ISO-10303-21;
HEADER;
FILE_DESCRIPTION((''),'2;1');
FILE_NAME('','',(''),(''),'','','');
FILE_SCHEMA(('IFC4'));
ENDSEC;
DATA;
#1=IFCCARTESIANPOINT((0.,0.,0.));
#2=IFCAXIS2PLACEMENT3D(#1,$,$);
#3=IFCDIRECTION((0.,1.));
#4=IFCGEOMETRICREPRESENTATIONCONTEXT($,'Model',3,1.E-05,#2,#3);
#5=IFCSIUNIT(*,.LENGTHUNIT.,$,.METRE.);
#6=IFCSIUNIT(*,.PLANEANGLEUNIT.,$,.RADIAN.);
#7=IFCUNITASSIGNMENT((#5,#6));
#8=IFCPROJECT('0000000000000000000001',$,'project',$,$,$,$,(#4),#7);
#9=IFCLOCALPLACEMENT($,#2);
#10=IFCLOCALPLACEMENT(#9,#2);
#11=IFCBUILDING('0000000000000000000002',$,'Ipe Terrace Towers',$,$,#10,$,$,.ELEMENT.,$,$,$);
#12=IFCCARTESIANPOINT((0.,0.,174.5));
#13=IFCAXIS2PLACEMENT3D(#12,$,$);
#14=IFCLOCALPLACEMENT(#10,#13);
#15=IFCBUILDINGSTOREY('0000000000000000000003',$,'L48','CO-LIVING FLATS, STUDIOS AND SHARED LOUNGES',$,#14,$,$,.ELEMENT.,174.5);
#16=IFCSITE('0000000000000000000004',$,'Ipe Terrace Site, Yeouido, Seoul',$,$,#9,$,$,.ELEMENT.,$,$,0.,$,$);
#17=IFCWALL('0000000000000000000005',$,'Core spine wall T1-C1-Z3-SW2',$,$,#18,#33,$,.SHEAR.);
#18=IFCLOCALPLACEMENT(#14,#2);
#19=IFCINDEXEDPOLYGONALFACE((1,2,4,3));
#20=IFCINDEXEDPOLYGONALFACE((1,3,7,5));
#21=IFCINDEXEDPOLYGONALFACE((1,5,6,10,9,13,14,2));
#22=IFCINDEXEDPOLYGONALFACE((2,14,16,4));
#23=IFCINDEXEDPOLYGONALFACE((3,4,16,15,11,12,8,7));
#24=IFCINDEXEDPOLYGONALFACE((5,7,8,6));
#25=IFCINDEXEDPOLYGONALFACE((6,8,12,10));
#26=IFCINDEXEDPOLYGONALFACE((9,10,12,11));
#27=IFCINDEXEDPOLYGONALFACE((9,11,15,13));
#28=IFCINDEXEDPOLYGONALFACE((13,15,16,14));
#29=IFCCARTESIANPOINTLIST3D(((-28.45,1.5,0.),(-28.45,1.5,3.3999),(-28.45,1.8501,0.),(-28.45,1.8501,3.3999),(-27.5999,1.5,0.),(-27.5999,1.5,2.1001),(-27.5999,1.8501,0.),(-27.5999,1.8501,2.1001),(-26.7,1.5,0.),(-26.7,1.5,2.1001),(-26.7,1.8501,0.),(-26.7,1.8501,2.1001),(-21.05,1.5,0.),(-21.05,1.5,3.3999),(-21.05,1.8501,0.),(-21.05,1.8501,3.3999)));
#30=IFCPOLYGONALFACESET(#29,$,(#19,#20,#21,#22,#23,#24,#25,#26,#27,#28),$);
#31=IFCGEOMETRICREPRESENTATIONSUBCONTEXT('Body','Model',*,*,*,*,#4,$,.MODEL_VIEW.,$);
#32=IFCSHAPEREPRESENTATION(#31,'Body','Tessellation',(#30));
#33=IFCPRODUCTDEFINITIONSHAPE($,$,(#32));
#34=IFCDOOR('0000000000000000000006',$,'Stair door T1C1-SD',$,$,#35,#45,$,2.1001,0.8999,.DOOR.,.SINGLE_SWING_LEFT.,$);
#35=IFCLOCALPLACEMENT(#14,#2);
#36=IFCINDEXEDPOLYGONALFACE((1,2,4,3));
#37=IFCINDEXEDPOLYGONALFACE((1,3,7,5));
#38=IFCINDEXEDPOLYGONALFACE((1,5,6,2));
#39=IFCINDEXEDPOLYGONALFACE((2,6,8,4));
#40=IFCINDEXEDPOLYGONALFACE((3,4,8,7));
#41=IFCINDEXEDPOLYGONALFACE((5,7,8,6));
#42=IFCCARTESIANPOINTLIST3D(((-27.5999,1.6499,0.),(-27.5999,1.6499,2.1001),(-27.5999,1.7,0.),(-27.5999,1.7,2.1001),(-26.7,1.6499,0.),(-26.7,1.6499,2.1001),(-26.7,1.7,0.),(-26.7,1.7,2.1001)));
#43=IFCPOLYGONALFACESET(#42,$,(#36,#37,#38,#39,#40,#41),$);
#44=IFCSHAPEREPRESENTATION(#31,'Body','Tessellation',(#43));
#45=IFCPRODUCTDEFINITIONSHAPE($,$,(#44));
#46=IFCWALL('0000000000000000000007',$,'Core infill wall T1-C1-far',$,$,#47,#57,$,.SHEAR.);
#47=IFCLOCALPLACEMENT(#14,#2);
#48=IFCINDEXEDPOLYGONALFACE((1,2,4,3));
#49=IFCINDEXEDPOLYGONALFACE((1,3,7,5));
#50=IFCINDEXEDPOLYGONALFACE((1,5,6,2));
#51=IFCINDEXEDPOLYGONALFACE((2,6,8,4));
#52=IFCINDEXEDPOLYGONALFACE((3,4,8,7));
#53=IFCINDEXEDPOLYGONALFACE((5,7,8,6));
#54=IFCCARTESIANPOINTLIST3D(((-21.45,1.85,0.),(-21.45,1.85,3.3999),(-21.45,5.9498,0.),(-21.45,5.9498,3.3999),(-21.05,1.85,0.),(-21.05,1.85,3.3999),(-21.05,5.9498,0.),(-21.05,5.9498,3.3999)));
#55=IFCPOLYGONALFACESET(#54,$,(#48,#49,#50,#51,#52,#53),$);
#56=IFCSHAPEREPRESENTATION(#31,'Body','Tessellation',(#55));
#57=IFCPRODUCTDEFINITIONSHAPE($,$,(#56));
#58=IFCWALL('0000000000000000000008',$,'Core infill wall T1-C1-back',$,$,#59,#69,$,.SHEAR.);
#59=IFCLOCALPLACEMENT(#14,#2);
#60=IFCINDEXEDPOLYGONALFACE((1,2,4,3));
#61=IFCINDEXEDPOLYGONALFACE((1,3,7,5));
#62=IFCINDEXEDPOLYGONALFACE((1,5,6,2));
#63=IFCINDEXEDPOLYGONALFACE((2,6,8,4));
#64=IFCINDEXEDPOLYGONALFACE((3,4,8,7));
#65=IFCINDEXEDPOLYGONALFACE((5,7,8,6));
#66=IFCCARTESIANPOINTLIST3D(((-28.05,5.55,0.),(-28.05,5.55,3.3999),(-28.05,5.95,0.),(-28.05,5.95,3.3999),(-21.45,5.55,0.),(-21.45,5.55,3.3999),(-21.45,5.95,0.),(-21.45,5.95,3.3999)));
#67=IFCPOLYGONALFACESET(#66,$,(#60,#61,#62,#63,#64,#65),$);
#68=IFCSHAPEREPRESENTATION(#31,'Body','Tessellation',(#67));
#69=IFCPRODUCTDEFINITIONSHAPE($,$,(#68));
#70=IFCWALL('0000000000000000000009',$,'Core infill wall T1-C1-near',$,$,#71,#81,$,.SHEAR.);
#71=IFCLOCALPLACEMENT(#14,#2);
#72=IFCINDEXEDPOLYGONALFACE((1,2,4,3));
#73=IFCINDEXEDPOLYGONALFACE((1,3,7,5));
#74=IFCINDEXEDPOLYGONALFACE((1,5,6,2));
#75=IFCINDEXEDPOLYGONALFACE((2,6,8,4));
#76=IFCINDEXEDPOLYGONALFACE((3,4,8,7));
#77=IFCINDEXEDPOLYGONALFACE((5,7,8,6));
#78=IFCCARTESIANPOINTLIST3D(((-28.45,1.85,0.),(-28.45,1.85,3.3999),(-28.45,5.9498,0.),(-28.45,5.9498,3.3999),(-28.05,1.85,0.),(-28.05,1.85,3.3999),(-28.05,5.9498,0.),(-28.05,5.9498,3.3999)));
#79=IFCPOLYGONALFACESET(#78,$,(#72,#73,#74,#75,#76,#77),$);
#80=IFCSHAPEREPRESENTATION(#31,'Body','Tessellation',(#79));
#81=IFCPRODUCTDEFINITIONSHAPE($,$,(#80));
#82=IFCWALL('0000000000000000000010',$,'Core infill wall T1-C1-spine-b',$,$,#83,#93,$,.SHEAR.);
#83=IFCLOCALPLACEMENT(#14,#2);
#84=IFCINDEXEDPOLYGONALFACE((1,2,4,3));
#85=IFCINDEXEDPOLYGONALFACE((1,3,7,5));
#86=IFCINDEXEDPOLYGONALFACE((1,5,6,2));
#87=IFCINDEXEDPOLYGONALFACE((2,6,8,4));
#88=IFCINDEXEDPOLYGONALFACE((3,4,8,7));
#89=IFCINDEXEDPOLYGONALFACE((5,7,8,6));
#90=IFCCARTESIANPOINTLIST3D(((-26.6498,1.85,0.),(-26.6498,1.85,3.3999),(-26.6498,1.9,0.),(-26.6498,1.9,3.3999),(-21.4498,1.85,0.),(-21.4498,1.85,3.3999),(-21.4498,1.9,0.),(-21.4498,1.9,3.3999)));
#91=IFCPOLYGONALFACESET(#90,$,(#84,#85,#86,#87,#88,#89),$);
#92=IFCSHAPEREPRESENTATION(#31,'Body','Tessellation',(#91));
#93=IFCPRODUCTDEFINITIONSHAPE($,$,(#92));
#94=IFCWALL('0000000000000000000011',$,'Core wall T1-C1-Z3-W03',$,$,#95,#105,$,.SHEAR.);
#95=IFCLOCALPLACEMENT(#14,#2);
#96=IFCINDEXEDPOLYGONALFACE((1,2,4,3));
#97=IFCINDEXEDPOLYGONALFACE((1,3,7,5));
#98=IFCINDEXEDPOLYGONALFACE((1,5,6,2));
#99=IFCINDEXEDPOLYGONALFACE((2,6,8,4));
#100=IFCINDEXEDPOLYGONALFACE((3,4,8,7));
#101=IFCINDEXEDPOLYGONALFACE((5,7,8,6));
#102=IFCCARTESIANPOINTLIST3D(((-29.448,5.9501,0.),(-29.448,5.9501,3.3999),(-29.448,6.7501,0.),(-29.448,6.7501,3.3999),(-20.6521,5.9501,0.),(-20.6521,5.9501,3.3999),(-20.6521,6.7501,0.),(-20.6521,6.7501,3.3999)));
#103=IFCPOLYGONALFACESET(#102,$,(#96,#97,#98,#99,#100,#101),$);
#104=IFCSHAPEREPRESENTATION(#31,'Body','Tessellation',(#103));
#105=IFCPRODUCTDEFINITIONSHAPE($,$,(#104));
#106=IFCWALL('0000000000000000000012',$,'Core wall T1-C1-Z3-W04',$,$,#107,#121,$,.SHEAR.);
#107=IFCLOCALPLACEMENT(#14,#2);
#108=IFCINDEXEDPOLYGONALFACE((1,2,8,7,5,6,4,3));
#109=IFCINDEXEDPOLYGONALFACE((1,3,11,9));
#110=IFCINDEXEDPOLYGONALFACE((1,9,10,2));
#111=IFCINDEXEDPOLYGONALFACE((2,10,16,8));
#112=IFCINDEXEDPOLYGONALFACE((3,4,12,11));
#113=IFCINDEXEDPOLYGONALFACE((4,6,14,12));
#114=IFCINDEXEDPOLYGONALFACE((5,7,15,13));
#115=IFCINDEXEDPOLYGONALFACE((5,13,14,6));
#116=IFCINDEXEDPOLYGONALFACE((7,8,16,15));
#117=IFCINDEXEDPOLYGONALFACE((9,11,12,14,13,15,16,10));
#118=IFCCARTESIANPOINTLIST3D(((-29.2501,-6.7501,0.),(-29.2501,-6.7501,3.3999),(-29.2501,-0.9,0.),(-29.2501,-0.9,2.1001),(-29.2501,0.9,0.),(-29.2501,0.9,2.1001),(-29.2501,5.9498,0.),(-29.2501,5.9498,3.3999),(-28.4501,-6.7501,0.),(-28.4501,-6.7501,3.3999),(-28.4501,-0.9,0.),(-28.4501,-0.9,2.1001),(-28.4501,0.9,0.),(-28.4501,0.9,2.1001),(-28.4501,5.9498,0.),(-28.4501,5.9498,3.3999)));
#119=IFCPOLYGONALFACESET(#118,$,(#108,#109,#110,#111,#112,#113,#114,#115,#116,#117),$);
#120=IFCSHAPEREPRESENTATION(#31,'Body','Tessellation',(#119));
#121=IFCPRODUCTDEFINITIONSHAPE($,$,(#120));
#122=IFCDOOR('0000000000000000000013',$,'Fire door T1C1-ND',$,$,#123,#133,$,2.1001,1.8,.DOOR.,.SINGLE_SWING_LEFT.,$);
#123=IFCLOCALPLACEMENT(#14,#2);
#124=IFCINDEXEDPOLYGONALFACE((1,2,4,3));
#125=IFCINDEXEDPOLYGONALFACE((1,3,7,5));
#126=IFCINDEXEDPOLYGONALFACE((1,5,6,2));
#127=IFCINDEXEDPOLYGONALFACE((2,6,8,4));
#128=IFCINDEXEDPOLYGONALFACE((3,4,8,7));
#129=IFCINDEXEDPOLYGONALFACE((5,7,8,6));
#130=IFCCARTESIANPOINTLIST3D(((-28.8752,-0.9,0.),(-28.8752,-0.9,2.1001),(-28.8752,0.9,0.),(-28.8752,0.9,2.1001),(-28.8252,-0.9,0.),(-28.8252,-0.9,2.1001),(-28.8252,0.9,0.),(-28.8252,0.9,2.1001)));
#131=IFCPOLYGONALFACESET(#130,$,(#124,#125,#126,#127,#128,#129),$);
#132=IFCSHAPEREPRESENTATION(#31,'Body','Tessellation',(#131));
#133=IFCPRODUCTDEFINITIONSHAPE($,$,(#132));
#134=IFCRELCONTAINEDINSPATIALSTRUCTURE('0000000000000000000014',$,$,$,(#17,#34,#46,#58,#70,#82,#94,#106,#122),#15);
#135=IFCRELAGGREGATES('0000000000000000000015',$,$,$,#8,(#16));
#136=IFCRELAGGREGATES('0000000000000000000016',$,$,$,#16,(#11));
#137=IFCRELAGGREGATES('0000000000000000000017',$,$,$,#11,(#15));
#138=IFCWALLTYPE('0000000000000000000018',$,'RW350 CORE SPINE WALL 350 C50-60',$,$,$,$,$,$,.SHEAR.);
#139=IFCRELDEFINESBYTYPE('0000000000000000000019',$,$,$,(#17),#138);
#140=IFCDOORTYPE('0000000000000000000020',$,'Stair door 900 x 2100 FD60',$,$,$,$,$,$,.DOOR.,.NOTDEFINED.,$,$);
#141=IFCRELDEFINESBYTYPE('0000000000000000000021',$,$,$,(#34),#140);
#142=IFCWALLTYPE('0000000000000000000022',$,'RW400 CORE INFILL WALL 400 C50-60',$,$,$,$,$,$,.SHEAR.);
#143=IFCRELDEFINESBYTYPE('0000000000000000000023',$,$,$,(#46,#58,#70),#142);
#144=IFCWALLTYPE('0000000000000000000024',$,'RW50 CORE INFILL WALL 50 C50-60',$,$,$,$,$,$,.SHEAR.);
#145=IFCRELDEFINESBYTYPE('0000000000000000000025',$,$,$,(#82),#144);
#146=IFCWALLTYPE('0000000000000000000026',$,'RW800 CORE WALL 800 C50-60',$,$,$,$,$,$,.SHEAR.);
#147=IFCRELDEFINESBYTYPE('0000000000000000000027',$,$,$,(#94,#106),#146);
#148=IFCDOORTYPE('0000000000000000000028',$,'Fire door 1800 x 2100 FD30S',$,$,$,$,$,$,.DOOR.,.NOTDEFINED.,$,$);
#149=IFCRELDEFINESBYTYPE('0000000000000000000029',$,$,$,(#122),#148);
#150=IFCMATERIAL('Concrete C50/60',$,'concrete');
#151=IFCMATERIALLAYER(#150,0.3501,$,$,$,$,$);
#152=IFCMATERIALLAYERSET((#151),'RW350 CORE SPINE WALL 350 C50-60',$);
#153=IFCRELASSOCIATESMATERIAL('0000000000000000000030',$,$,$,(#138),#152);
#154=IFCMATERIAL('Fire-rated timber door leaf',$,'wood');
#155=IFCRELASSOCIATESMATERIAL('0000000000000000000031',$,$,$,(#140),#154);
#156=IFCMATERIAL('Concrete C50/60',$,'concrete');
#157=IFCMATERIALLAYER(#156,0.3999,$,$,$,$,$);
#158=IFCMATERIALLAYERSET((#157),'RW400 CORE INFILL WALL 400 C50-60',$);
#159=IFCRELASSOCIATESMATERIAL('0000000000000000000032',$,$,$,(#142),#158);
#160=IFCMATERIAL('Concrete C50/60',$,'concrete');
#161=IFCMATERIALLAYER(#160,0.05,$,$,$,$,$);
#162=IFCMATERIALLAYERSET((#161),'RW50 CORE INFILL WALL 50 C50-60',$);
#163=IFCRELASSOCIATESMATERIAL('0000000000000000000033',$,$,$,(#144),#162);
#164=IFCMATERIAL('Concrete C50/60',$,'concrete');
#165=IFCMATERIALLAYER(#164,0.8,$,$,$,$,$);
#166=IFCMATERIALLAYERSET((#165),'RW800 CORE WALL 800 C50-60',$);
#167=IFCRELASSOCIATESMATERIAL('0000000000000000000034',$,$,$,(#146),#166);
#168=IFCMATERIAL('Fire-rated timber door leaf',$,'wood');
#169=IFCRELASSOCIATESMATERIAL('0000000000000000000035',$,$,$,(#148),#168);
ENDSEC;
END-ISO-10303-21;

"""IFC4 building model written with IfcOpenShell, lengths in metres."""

from ifc_helpers import new_model, si_unit, direction, frame, frame_2d, origin, place, context, subcontext, project, spatial, rectangle, extrude, material, layer, layer_set, type_object, element, fill, save


model = new_model("IFC4")

# Units and contexts
model_context = context("Model", 3, precision=1e-05, world=origin(), true_north=direction((0.0, 1.0)))
body_context = subcontext(model_context, "Body", "Model", "MODEL_VIEW")
ifc_project = project(units=[si_unit("LENGTHUNIT", "METRE"), si_unit("PLANEANGLEUNIT", "RADIAN")], contexts=[model_context])

# Site, building, storey
site_placement = place(None, origin())
site = spatial("IfcSite", under=ifc_project, at=site_placement, Name="Ipe Terrace Site, Yeouido, Seoul", CompositionType="ELEMENT", RefElevation=0.0)
building_placement = place(site_placement, origin())
building = spatial("IfcBuilding", under=site, at=building_placement, Name="Ipe Terrace Towers", CompositionType="ELEMENT")
storey_placement = place(building_placement, frame((0.0, 0.0, 174.5)))
storey = spatial("IfcBuildingStorey", under=building, at=storey_placement, Name="L48", Description="CO-LIVING FLATS, STUDIOS AND SHARED LOUNGES", CompositionType="ELEMENT", Elevation=174.5)

# Wall, opening, door
ifc_material_1 = material(Name="Concrete C50/60", Category="concrete")
ifc_layer_1 = layer(ifc_material_1, 0.3501)
ifc_layer_set_1 = layer_set([ifc_layer_1], Name="RW350 CORE SPINE WALL 350 C50-60")
wall_type_1 = type_object("IfcWallType", Name="RW350 CORE SPINE WALL 350 C50-60", PredefinedType="SHEAR", material=ifc_layer_set_1)
wall_1_placement = place(storey_placement, frame((-28.45, 1.675, 0.0), z_axis=(0.0, 0.0, 1.0), x_axis=(1.0, 0.0, 0.0)))
wall_1 = element("IfcWall", 1, at=wall_1_placement, inside=storey, type_object=wall_type_1, Name="Core spine wall T1-C1-Z3-SW2", PredefinedType="SHEAR", context=body_context, shape_type="SweptSolid", body=[
    extrude(rectangle(XDim=7.3999, YDim=0.3501, at=frame_2d((3.7, 0.0))), origin(), (0.0, 0.0, 1.0), 3.3999),
])
opening_1_placement = place(wall_1_placement, frame((0.8501, 0.0, 0.0)))
opening_1 = element("IfcOpeningElement", 2, at=opening_1_placement, cuts=wall_1, PredefinedType="OPENING", context=body_context, shape_type="SweptSolid", body=[
    extrude(rectangle(XDim=0.8999, YDim=2.1001, at=frame_2d((0.45, 1.05))), frame((0.0, 0.1851, 0.0), z_axis=(0.0, -1.0, 0.0), x_axis=(1.0, 0.0, 0.0)), (0.0, 0.0, 1.0), 0.3701),
])
ifc_material_2 = material(Name="Fire-rated timber door leaf", Category="wood")
door_type_1 = type_object("IfcDoorType", Name="Stair door 900 x 2100 FD60", OperationType="NOTDEFINED", PredefinedType="DOOR", material=ifc_material_2)
door_1_placement = place(opening_1_placement, origin())
door_1 = element("IfcDoor", 3, at=door_1_placement, inside=storey, type_object=door_type_1, Name="Stair door T1C1-SD", OperationType="SINGLE_SWING_LEFT", OverallHeight=2.1001, OverallWidth=0.8999, PredefinedType="DOOR", context=body_context, shape_type="SweptSolid", body=[
    extrude(rectangle(XDim=0.8999, YDim=2.1001, at=frame_2d((0.45, 1.05))), frame((0.0, 0.0249, 0.0), z_axis=(0.0, -1.0, 0.0), x_axis=(1.0, 0.0, 0.0)), (0.0, 0.0, 1.0), 0.05),
])
fill(opening_1, door_1)

# Walls
ifc_material_3 = material(Name="Concrete C50/60", Category="concrete")
ifc_layer_2 = layer(ifc_material_3, 0.3999)
ifc_layer_set_2 = layer_set([ifc_layer_2], Name="RW400 CORE INFILL WALL 400 C50-60")
wall_type_2 = type_object("IfcWallType", Name="RW400 CORE INFILL WALL 400 C50-60", PredefinedType="SHEAR", material=ifc_layer_set_2)
wall_2_placement = place(storey_placement, frame((-21.25, 1.8501, 0.0), z_axis=(0.0, 0.0, 1.0), x_axis=(0.0, 1.0, 0.0)))
element("IfcWall", 4, at=wall_2_placement, inside=storey, type_object=wall_type_2, Name="Core infill wall T1-C1-far", PredefinedType="SHEAR", context=body_context, shape_type="SweptSolid", body=[
    extrude(rectangle(XDim=4.0999, YDim=0.3999, at=frame_2d((2.0498, 0.0))), origin(), (0.0, 0.0, 1.0), 3.3999),
])
wall_3_placement = place(storey_placement, frame((-28.05, 5.75, 0.0), z_axis=(0.0, 0.0, 1.0), x_axis=(1.0, 0.0, 0.0)))
element("IfcWall", 5, at=wall_3_placement, inside=storey, type_object=wall_type_2, Name="Core infill wall T1-C1-back", PredefinedType="SHEAR", context=body_context, shape_type="SweptSolid", body=[
    extrude(rectangle(XDim=6.6001, YDim=0.3999, at=frame_2d((3.3, 0.0))), origin(), (0.0, 0.0, 1.0), 3.3999),
])
wall_4_placement = place(storey_placement, frame((-28.25, 1.8501, 0.0), z_axis=(0.0, 0.0, 1.0), x_axis=(0.0, 1.0, 0.0)))
element("IfcWall", 6, at=wall_4_placement, inside=storey, type_object=wall_type_2, Name="Core infill wall T1-C1-near", PredefinedType="SHEAR", context=body_context, shape_type="SweptSolid", body=[
    extrude(rectangle(XDim=4.0999, YDim=0.3999, at=frame_2d((2.0498, 0.0))), origin(), (0.0, 0.0, 1.0), 3.3999),
])
ifc_material_4 = material(Name="Concrete C50/60", Category="concrete")
ifc_layer_3 = layer(ifc_material_4, 0.05)
ifc_layer_set_3 = layer_set([ifc_layer_3], Name="RW50 CORE INFILL WALL 50 C50-60")
wall_type_3 = type_object("IfcWallType", Name="RW50 CORE INFILL WALL 50 C50-60", PredefinedType="SHEAR", material=ifc_layer_set_3)
wall_5_placement = place(storey_placement, frame((-26.6499, 1.875, 0.0), z_axis=(0.0, 0.0, 1.0), x_axis=(1.0, 0.0, 0.0)))
element("IfcWall", 7, at=wall_5_placement, inside=storey, type_object=wall_type_3, Name="Core infill wall T1-C1-spine-b", PredefinedType="SHEAR", context=body_context, shape_type="SweptSolid", body=[
    extrude(rectangle(XDim=5.2, YDim=0.05, at=frame_2d((2.6001, 0.0))), origin(), (0.0, 0.0, 1.0), 3.3999),
])
ifc_material_5 = material(Name="Concrete C50/60", Category="concrete")
ifc_layer_4 = layer(ifc_material_5, 0.8)
ifc_layer_set_4 = layer_set([ifc_layer_4], Name="RW800 CORE WALL 800 C50-60")
wall_type_4 = type_object("IfcWallType", Name="RW800 CORE WALL 800 C50-60", PredefinedType="SHEAR", material=ifc_layer_set_4)
wall_6_placement = place(storey_placement, frame((-20.6521, 6.3501, 0.0), z_axis=(0.0, 0.0, 1.0), x_axis=(-1.0, 0.0, 0.0)))
element("IfcWall", 8, at=wall_6_placement, inside=storey, type_object=wall_type_4, Name="Core wall T1-C1-Z3-W03", PredefinedType="SHEAR", context=body_context, shape_type="SweptSolid", body=[
    extrude(rectangle(XDim=8.7959, YDim=0.8, at=frame_2d((4.3979, 0.0))), origin(), (0.0, 0.0, 1.0), 3.3999),
])

# Wall, opening, door
wall_7_placement = place(storey_placement, frame((-28.8501, 5.95, 0.0), z_axis=(0.0, 0.0, 1.0), x_axis=(0.0, -1.0, 0.0)))
wall_7 = element("IfcWall", 9, at=wall_7_placement, inside=storey, type_object=wall_type_4, Name="Core wall T1-C1-Z3-W04", PredefinedType="SHEAR", context=body_context, shape_type="SweptSolid", body=[
    extrude(rectangle(XDim=12.7, YDim=0.8, at=frame_2d((6.3501, 0.0))), origin(), (0.0, 0.0, 1.0), 3.3999),
])
opening_2_placement = place(wall_7_placement, frame((5.05, 0.0, 0.0)))
opening_2 = element("IfcOpeningElement", 10, at=opening_2_placement, cuts=wall_7, PredefinedType="OPENING", context=body_context, shape_type="SweptSolid", body=[
    extrude(rectangle(XDim=1.8, YDim=2.1001, at=frame_2d((0.8999, 1.05))), frame((0.0, 0.4102, 0.0), z_axis=(0.0, -1.0, 0.0), x_axis=(1.0, 0.0, 0.0)), (0.0, 0.0, 1.0), 0.8201),
])
ifc_material_6 = material(Name="Fire-rated timber door leaf", Category="wood")
door_type_2 = type_object("IfcDoorType", Name="Fire door 1800 x 2100 FD30S", OperationType="NOTDEFINED", PredefinedType="DOOR", material=ifc_material_6)
door_2_placement = place(opening_2_placement, origin())
door_2 = element("IfcDoor", 11, at=door_2_placement, inside=storey, type_object=door_type_2, Name="Fire door T1C1-ND", OperationType="SINGLE_SWING_LEFT", OverallHeight=2.1001, OverallWidth=1.8, PredefinedType="DOOR", context=body_context, shape_type="SweptSolid", body=[
    extrude(rectangle(XDim=1.8, YDim=2.1001, at=frame_2d((0.8999, 1.05))), frame((0.0, 0.0249, 0.0), z_axis=(0.0, -1.0, 0.0), x_axis=(1.0, 0.0, 0.0)), (0.0, 0.0, 1.0), 0.05),
])
fill(opening_2, door_2)

save(model, "model.ifc")
